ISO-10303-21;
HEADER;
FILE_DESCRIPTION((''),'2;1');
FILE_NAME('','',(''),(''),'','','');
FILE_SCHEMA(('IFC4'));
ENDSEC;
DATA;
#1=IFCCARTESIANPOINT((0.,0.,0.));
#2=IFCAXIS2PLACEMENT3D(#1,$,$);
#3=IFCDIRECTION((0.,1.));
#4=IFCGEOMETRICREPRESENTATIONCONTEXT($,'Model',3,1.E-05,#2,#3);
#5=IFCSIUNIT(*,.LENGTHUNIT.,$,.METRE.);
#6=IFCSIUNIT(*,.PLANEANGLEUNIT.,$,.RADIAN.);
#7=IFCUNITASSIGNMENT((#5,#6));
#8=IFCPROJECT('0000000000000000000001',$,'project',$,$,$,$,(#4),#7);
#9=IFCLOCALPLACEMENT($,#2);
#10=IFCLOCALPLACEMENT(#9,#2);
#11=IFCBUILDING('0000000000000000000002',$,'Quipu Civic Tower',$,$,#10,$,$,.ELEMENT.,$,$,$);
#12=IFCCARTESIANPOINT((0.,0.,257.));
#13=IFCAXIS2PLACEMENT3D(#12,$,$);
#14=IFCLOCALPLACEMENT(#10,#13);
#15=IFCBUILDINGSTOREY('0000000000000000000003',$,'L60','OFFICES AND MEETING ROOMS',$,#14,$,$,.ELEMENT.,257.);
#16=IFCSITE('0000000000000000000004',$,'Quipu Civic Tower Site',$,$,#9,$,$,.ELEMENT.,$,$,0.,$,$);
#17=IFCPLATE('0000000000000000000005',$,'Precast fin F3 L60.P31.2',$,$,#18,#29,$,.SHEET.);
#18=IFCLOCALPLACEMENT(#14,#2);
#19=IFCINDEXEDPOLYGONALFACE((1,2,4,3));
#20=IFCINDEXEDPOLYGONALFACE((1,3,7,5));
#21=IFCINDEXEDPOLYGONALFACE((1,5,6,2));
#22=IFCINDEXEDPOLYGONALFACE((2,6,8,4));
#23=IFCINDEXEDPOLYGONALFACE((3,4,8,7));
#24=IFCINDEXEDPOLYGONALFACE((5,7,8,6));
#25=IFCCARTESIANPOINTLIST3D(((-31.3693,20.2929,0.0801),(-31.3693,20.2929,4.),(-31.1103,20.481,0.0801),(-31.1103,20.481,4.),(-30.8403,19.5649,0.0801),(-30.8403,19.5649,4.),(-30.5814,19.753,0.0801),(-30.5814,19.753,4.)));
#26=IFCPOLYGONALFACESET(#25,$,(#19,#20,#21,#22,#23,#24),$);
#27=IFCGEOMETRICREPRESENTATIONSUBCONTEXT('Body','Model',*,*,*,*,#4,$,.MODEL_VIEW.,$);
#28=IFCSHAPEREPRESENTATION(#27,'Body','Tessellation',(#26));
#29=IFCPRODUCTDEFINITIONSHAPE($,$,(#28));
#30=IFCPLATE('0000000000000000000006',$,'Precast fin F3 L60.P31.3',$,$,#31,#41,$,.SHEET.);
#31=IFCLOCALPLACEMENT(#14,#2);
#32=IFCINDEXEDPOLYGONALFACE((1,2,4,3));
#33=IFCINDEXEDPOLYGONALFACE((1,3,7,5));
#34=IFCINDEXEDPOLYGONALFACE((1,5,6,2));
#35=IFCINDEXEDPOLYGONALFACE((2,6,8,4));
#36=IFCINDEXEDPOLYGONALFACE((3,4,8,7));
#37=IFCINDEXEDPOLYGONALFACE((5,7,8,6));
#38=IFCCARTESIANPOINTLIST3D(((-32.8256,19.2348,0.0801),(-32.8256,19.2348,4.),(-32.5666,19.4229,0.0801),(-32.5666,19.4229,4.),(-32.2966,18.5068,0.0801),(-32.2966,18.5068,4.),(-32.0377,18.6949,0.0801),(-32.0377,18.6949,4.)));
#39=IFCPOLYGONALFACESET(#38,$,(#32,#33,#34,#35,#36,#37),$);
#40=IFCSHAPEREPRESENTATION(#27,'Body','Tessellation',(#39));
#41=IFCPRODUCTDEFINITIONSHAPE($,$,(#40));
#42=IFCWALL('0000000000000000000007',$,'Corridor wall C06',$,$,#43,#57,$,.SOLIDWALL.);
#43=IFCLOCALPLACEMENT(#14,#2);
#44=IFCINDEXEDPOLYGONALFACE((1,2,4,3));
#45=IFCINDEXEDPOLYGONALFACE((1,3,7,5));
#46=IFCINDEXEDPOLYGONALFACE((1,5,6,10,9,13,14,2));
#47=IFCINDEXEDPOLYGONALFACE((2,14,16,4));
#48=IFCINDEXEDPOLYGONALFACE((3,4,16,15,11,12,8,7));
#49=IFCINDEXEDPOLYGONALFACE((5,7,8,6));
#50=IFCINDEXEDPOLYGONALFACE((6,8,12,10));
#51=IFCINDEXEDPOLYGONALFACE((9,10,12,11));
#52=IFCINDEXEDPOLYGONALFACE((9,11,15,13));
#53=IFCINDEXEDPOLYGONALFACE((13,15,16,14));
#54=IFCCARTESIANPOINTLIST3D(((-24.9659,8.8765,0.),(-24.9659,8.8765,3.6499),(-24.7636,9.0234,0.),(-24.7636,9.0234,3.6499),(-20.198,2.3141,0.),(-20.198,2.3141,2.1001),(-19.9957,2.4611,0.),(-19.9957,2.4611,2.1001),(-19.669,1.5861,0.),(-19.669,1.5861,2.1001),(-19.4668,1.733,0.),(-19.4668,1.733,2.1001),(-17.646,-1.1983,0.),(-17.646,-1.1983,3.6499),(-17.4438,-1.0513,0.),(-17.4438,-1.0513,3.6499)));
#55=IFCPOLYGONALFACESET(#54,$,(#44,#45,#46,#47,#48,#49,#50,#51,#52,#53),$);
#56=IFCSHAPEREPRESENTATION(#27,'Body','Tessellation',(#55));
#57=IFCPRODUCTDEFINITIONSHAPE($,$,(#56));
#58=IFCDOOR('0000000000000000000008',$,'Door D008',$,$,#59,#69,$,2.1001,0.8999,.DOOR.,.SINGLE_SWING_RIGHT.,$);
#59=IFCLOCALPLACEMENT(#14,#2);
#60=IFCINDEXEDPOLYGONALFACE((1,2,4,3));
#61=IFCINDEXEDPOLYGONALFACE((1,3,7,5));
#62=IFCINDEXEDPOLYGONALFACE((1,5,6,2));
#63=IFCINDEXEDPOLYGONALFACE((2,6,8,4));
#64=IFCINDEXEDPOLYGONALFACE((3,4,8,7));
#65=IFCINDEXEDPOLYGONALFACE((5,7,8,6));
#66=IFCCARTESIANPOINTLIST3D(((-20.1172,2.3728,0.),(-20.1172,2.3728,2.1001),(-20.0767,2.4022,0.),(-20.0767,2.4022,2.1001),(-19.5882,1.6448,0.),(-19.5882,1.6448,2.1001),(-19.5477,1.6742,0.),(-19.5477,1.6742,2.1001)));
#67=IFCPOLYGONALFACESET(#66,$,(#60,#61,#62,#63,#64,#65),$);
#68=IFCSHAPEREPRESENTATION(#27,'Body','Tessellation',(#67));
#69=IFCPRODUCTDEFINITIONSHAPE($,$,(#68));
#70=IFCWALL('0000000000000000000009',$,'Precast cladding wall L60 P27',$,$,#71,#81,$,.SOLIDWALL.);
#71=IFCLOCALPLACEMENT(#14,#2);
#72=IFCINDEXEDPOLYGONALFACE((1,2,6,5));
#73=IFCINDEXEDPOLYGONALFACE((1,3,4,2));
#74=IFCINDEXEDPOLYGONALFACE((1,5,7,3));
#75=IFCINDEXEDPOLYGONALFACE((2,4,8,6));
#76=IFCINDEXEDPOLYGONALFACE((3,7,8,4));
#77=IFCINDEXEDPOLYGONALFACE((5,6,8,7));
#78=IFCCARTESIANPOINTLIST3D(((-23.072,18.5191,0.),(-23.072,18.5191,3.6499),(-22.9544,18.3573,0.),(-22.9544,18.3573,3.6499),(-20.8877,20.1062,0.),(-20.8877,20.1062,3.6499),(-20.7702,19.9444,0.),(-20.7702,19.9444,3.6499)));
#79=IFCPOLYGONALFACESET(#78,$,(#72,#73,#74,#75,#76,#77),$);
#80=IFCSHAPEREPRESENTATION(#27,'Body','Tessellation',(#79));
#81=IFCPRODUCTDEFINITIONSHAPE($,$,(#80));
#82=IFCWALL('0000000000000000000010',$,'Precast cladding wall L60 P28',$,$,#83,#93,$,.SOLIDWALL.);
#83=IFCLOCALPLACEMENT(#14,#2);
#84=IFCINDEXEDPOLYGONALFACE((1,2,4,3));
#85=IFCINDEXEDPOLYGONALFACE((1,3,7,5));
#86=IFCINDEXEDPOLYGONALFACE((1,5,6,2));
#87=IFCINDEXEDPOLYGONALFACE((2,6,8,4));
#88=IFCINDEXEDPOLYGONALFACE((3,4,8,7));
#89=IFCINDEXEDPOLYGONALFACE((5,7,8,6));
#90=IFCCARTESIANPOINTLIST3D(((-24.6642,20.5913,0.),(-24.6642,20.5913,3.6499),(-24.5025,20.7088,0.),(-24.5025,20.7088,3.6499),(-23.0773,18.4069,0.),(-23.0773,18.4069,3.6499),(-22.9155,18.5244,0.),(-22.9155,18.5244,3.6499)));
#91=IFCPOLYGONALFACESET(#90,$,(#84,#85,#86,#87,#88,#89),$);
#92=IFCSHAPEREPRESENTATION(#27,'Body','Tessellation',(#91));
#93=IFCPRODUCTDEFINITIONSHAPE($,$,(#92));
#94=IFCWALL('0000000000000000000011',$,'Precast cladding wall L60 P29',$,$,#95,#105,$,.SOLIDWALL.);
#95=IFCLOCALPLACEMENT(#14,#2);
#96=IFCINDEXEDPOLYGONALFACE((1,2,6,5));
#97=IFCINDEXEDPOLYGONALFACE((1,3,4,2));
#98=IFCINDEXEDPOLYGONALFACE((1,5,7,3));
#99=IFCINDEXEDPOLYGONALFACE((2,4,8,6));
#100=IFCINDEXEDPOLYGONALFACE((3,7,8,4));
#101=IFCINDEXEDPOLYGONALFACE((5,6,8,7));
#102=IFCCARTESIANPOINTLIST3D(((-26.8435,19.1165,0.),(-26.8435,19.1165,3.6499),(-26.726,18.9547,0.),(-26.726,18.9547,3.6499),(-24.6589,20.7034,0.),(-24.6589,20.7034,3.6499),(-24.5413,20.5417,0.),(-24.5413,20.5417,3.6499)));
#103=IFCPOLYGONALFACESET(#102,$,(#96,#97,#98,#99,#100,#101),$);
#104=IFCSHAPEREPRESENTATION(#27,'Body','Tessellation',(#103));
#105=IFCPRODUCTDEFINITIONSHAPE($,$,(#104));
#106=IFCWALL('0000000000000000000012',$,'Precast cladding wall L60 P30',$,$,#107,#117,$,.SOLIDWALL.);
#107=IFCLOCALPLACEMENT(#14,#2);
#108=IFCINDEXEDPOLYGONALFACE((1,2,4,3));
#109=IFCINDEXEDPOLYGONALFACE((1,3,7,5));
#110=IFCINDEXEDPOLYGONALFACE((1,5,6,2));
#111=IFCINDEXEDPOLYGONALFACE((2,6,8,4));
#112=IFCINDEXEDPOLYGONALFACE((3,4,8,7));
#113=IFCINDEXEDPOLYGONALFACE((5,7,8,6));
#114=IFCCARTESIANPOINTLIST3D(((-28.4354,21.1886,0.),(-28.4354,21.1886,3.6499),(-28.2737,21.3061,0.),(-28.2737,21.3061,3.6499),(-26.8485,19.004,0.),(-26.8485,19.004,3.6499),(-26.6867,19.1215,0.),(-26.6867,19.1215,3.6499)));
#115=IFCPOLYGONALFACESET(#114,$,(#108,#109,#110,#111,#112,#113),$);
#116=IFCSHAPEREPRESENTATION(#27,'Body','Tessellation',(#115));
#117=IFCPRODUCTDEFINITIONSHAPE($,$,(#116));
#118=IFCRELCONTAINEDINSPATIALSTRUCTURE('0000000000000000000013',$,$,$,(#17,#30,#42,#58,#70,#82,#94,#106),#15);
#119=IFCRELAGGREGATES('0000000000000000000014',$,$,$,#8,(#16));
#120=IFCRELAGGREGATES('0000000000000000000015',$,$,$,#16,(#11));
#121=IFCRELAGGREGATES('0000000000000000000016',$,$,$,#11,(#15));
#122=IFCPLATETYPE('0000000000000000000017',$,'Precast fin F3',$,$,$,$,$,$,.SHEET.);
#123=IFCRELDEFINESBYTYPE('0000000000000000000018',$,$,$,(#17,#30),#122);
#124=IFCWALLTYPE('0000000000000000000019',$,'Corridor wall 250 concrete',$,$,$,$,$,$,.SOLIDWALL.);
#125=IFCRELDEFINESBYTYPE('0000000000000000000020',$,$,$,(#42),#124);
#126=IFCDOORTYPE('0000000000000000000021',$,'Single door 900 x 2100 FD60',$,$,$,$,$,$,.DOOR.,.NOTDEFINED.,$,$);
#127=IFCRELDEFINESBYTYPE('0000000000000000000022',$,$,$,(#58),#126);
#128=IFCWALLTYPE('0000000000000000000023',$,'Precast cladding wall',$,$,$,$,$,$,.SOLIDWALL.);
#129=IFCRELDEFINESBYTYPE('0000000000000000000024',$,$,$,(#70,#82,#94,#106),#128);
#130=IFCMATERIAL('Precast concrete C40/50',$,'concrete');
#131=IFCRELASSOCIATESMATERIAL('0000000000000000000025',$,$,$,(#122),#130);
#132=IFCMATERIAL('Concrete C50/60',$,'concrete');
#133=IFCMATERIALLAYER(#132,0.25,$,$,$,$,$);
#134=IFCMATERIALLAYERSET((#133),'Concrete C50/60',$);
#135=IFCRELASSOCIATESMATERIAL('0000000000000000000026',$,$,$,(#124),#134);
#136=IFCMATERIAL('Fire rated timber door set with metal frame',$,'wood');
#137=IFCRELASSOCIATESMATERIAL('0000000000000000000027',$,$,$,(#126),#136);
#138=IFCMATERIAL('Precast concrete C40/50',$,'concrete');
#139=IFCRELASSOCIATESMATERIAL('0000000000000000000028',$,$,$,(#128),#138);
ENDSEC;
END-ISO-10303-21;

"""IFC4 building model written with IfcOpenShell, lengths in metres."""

from ifc_helpers import new_model, si_unit, direction, frame, frame_2d, origin, origin_2d, place, context, subcontext, project, spatial, rectangle, extrude, material, layer, layer_set, type_object, element, fill, save


model = new_model("IFC4")

# Units and contexts
model_context = context("Model", 3, precision=1e-05, world=origin(), true_north=direction((0.0, 1.0)))
body_context = subcontext(model_context, "Body", "Model", "MODEL_VIEW")
ifc_project = project(units=[si_unit("LENGTHUNIT", "METRE"), si_unit("PLANEANGLEUNIT", "RADIAN")], contexts=[model_context])

# Site, building, storey
site_placement = place(None, origin())
site = spatial("IfcSite", under=ifc_project, at=site_placement, Name="Quipu Civic Tower Site", CompositionType="ELEMENT", RefElevation=0.0)
building_placement = place(site_placement, origin())
building = spatial("IfcBuilding", under=site, at=building_placement, Name="Quipu Civic Tower", CompositionType="ELEMENT")
storey_placement = place(building_placement, frame((0.0, 0.0, 257.0)))
storey = spatial("IfcBuildingStorey", under=building, at=storey_placement, Name="L60", Description="OFFICES AND MEETING ROOMS", CompositionType="ELEMENT", Elevation=257.0)

# Plates
ifc_material_1 = material(Name="Precast concrete C40/50", Category="concrete")
plate_type = type_object("IfcPlateType", Name="Precast fin F3", PredefinedType="SHEET", material=ifc_material_1)
for number, where, z_axis, x_axis, name in (
    (1, (-30.9753, 20.0229, 0.0801), (0.0, 0.0, 1.0), (-0.809017, -0.587785, 0.0), "Precast fin F3 L60.P31.2"),
    (2, (-32.4316, 18.9648, 0.0801), (0.0, 0.0, 1.0), (-0.809017, -0.587785, 0.0), "Precast fin F3 L60.P31.3"),
):
    element("IfcPlate", number, at=place(storey_placement, frame(where, z_axis=z_axis, x_axis=x_axis)), inside=storey, type_object=plate_type, Name=name, PredefinedType="SHEET", context=body_context, shape_type="SweptSolid", body=[
        extrude(rectangle(XDim=0.3201, YDim=0.8999, at=origin_2d()), origin(), (0.0, 0.0, 1.0), 3.9199),
    ])

# Wall, opening, door
ifc_material_2 = material(Name="Concrete C50/60", Category="concrete")
ifc_layer = layer(ifc_material_2, 0.25)
ifc_layer_set = layer_set([ifc_layer], Name="Concrete C50/60")
wall_type_1 = type_object("IfcWallType", Name="Corridor wall 250 concrete", PredefinedType="SOLIDWALL", material=ifc_layer_set)
wall_placement = place(storey_placement, frame((-24.8647, 8.95, 0.0), z_axis=(0.0, 0.0, 1.0), x_axis=(0.587792, -0.809012, 0.0)))
wall = element("IfcWall", 3, at=wall_placement, inside=storey, type_object=wall_type_1, Name="Corridor wall C06", PredefinedType="SOLIDWALL", context=body_context, shape_type="SweptSolid", body=[
    extrude(rectangle(XDim=12.4531, YDim=0.25, at=frame_2d((6.2266, 0.0))), origin(), (0.0, 0.0, 1.0), 3.6499),
])
opening_placement = place(wall_placement, frame((8.1116, 0.0, 0.0)))
opening = element("IfcOpeningElement", 4, at=opening_placement, cuts=wall, PredefinedType="OPENING", context=body_context, shape_type="SweptSolid", body=[
    extrude(rectangle(XDim=0.8999, YDim=2.1001, at=frame_2d((0.45, 1.05))), frame((0.0, 0.135, 0.0), z_axis=(0.0, -1.0, 0.0), x_axis=(1.0, 0.0, 0.0)), (0.0, 0.0, 1.0), 0.27),
])
ifc_material_3 = material(Name="Fire rated timber door set with metal frame", Category="wood")
door_type = type_object("IfcDoorType", Name="Single door 900 x 2100 FD60", OperationType="NOTDEFINED", PredefinedType="DOOR", material=ifc_material_3)
door_placement = place(opening_placement, origin())
door = element("IfcDoor", 5, at=door_placement, inside=storey, type_object=door_type, Name="Door D008", OperationType="SINGLE_SWING_RIGHT", OverallHeight=2.1001, OverallWidth=0.8999, PredefinedType="DOOR", context=body_context, shape_type="SweptSolid", body=[
    extrude(rectangle(XDim=0.8999, YDim=2.1001, at=frame_2d((0.45, 1.05))), frame((0.0, 0.0249, 0.0), z_axis=(0.0, -1.0, 0.0), x_axis=(1.0, 0.0, 0.0)), (0.0, 0.0, 1.0), 0.05),
])
fill(opening, door)

# Walls
ifc_material_4 = material(Name="Precast concrete C40/50", Category="concrete")
wall_type_2 = type_object("IfcWallType", Name="Precast cladding wall", PredefinedType="SOLIDWALL", material=ifc_material_4)
for number, where, z_axis, x_axis, name in (
    (6, (-20.8289, 20.0254, 0.0), (0.0, 0.0, 1.0), (-0.80899, -0.587822, 0.0), "Precast cladding wall L60 P27"),
    (7, (-22.9963, 18.4656, 0.0), (0.0, 0.0, 1.0), (-0.587763, 0.809033, 0.0), "Precast cladding wall L60 P28"),
):
    element("IfcWall", number, at=place(storey_placement, frame(where, z_axis=z_axis, x_axis=x_axis)), inside=storey, type_object=wall_type_2, Name=name, PredefinedType="SOLIDWALL", context=body_context, shape_type="SweptSolid", body=[
        extrude(rectangle(XDim=2.7, YDim=0.2, at=frame_2d((1.3501, 0.0))), origin(), (0.0, 0.0, 1.0), 3.6499),
    ])
for number, where, z_axis, x_axis, name in (
    (8, (-24.6001, 20.6226, 0.0), (0.0, 0.0, 1.0), (-0.809064, -0.58772, 0.0), "Precast cladding wall L60 P29"),
    (9, (-26.7676, 19.0627, 0.0), (0.0, 0.0, 1.0), (-0.58772, 0.809064, 0.0), "Precast cladding wall L60 P30"),
):
    element("IfcWall", number, at=place(storey_placement, frame(where, z_axis=z_axis, x_axis=x_axis)), inside=storey, type_object=wall_type_2, Name=name, PredefinedType="SOLIDWALL", context=body_context, shape_type="SweptSolid", body=[
        extrude(rectangle(XDim=2.7002, YDim=0.2, at=frame_2d((1.3501, 0.0))), origin(), (0.0, 0.0, 1.0), 3.6499),
    ])

save(model, "model.ifc")
